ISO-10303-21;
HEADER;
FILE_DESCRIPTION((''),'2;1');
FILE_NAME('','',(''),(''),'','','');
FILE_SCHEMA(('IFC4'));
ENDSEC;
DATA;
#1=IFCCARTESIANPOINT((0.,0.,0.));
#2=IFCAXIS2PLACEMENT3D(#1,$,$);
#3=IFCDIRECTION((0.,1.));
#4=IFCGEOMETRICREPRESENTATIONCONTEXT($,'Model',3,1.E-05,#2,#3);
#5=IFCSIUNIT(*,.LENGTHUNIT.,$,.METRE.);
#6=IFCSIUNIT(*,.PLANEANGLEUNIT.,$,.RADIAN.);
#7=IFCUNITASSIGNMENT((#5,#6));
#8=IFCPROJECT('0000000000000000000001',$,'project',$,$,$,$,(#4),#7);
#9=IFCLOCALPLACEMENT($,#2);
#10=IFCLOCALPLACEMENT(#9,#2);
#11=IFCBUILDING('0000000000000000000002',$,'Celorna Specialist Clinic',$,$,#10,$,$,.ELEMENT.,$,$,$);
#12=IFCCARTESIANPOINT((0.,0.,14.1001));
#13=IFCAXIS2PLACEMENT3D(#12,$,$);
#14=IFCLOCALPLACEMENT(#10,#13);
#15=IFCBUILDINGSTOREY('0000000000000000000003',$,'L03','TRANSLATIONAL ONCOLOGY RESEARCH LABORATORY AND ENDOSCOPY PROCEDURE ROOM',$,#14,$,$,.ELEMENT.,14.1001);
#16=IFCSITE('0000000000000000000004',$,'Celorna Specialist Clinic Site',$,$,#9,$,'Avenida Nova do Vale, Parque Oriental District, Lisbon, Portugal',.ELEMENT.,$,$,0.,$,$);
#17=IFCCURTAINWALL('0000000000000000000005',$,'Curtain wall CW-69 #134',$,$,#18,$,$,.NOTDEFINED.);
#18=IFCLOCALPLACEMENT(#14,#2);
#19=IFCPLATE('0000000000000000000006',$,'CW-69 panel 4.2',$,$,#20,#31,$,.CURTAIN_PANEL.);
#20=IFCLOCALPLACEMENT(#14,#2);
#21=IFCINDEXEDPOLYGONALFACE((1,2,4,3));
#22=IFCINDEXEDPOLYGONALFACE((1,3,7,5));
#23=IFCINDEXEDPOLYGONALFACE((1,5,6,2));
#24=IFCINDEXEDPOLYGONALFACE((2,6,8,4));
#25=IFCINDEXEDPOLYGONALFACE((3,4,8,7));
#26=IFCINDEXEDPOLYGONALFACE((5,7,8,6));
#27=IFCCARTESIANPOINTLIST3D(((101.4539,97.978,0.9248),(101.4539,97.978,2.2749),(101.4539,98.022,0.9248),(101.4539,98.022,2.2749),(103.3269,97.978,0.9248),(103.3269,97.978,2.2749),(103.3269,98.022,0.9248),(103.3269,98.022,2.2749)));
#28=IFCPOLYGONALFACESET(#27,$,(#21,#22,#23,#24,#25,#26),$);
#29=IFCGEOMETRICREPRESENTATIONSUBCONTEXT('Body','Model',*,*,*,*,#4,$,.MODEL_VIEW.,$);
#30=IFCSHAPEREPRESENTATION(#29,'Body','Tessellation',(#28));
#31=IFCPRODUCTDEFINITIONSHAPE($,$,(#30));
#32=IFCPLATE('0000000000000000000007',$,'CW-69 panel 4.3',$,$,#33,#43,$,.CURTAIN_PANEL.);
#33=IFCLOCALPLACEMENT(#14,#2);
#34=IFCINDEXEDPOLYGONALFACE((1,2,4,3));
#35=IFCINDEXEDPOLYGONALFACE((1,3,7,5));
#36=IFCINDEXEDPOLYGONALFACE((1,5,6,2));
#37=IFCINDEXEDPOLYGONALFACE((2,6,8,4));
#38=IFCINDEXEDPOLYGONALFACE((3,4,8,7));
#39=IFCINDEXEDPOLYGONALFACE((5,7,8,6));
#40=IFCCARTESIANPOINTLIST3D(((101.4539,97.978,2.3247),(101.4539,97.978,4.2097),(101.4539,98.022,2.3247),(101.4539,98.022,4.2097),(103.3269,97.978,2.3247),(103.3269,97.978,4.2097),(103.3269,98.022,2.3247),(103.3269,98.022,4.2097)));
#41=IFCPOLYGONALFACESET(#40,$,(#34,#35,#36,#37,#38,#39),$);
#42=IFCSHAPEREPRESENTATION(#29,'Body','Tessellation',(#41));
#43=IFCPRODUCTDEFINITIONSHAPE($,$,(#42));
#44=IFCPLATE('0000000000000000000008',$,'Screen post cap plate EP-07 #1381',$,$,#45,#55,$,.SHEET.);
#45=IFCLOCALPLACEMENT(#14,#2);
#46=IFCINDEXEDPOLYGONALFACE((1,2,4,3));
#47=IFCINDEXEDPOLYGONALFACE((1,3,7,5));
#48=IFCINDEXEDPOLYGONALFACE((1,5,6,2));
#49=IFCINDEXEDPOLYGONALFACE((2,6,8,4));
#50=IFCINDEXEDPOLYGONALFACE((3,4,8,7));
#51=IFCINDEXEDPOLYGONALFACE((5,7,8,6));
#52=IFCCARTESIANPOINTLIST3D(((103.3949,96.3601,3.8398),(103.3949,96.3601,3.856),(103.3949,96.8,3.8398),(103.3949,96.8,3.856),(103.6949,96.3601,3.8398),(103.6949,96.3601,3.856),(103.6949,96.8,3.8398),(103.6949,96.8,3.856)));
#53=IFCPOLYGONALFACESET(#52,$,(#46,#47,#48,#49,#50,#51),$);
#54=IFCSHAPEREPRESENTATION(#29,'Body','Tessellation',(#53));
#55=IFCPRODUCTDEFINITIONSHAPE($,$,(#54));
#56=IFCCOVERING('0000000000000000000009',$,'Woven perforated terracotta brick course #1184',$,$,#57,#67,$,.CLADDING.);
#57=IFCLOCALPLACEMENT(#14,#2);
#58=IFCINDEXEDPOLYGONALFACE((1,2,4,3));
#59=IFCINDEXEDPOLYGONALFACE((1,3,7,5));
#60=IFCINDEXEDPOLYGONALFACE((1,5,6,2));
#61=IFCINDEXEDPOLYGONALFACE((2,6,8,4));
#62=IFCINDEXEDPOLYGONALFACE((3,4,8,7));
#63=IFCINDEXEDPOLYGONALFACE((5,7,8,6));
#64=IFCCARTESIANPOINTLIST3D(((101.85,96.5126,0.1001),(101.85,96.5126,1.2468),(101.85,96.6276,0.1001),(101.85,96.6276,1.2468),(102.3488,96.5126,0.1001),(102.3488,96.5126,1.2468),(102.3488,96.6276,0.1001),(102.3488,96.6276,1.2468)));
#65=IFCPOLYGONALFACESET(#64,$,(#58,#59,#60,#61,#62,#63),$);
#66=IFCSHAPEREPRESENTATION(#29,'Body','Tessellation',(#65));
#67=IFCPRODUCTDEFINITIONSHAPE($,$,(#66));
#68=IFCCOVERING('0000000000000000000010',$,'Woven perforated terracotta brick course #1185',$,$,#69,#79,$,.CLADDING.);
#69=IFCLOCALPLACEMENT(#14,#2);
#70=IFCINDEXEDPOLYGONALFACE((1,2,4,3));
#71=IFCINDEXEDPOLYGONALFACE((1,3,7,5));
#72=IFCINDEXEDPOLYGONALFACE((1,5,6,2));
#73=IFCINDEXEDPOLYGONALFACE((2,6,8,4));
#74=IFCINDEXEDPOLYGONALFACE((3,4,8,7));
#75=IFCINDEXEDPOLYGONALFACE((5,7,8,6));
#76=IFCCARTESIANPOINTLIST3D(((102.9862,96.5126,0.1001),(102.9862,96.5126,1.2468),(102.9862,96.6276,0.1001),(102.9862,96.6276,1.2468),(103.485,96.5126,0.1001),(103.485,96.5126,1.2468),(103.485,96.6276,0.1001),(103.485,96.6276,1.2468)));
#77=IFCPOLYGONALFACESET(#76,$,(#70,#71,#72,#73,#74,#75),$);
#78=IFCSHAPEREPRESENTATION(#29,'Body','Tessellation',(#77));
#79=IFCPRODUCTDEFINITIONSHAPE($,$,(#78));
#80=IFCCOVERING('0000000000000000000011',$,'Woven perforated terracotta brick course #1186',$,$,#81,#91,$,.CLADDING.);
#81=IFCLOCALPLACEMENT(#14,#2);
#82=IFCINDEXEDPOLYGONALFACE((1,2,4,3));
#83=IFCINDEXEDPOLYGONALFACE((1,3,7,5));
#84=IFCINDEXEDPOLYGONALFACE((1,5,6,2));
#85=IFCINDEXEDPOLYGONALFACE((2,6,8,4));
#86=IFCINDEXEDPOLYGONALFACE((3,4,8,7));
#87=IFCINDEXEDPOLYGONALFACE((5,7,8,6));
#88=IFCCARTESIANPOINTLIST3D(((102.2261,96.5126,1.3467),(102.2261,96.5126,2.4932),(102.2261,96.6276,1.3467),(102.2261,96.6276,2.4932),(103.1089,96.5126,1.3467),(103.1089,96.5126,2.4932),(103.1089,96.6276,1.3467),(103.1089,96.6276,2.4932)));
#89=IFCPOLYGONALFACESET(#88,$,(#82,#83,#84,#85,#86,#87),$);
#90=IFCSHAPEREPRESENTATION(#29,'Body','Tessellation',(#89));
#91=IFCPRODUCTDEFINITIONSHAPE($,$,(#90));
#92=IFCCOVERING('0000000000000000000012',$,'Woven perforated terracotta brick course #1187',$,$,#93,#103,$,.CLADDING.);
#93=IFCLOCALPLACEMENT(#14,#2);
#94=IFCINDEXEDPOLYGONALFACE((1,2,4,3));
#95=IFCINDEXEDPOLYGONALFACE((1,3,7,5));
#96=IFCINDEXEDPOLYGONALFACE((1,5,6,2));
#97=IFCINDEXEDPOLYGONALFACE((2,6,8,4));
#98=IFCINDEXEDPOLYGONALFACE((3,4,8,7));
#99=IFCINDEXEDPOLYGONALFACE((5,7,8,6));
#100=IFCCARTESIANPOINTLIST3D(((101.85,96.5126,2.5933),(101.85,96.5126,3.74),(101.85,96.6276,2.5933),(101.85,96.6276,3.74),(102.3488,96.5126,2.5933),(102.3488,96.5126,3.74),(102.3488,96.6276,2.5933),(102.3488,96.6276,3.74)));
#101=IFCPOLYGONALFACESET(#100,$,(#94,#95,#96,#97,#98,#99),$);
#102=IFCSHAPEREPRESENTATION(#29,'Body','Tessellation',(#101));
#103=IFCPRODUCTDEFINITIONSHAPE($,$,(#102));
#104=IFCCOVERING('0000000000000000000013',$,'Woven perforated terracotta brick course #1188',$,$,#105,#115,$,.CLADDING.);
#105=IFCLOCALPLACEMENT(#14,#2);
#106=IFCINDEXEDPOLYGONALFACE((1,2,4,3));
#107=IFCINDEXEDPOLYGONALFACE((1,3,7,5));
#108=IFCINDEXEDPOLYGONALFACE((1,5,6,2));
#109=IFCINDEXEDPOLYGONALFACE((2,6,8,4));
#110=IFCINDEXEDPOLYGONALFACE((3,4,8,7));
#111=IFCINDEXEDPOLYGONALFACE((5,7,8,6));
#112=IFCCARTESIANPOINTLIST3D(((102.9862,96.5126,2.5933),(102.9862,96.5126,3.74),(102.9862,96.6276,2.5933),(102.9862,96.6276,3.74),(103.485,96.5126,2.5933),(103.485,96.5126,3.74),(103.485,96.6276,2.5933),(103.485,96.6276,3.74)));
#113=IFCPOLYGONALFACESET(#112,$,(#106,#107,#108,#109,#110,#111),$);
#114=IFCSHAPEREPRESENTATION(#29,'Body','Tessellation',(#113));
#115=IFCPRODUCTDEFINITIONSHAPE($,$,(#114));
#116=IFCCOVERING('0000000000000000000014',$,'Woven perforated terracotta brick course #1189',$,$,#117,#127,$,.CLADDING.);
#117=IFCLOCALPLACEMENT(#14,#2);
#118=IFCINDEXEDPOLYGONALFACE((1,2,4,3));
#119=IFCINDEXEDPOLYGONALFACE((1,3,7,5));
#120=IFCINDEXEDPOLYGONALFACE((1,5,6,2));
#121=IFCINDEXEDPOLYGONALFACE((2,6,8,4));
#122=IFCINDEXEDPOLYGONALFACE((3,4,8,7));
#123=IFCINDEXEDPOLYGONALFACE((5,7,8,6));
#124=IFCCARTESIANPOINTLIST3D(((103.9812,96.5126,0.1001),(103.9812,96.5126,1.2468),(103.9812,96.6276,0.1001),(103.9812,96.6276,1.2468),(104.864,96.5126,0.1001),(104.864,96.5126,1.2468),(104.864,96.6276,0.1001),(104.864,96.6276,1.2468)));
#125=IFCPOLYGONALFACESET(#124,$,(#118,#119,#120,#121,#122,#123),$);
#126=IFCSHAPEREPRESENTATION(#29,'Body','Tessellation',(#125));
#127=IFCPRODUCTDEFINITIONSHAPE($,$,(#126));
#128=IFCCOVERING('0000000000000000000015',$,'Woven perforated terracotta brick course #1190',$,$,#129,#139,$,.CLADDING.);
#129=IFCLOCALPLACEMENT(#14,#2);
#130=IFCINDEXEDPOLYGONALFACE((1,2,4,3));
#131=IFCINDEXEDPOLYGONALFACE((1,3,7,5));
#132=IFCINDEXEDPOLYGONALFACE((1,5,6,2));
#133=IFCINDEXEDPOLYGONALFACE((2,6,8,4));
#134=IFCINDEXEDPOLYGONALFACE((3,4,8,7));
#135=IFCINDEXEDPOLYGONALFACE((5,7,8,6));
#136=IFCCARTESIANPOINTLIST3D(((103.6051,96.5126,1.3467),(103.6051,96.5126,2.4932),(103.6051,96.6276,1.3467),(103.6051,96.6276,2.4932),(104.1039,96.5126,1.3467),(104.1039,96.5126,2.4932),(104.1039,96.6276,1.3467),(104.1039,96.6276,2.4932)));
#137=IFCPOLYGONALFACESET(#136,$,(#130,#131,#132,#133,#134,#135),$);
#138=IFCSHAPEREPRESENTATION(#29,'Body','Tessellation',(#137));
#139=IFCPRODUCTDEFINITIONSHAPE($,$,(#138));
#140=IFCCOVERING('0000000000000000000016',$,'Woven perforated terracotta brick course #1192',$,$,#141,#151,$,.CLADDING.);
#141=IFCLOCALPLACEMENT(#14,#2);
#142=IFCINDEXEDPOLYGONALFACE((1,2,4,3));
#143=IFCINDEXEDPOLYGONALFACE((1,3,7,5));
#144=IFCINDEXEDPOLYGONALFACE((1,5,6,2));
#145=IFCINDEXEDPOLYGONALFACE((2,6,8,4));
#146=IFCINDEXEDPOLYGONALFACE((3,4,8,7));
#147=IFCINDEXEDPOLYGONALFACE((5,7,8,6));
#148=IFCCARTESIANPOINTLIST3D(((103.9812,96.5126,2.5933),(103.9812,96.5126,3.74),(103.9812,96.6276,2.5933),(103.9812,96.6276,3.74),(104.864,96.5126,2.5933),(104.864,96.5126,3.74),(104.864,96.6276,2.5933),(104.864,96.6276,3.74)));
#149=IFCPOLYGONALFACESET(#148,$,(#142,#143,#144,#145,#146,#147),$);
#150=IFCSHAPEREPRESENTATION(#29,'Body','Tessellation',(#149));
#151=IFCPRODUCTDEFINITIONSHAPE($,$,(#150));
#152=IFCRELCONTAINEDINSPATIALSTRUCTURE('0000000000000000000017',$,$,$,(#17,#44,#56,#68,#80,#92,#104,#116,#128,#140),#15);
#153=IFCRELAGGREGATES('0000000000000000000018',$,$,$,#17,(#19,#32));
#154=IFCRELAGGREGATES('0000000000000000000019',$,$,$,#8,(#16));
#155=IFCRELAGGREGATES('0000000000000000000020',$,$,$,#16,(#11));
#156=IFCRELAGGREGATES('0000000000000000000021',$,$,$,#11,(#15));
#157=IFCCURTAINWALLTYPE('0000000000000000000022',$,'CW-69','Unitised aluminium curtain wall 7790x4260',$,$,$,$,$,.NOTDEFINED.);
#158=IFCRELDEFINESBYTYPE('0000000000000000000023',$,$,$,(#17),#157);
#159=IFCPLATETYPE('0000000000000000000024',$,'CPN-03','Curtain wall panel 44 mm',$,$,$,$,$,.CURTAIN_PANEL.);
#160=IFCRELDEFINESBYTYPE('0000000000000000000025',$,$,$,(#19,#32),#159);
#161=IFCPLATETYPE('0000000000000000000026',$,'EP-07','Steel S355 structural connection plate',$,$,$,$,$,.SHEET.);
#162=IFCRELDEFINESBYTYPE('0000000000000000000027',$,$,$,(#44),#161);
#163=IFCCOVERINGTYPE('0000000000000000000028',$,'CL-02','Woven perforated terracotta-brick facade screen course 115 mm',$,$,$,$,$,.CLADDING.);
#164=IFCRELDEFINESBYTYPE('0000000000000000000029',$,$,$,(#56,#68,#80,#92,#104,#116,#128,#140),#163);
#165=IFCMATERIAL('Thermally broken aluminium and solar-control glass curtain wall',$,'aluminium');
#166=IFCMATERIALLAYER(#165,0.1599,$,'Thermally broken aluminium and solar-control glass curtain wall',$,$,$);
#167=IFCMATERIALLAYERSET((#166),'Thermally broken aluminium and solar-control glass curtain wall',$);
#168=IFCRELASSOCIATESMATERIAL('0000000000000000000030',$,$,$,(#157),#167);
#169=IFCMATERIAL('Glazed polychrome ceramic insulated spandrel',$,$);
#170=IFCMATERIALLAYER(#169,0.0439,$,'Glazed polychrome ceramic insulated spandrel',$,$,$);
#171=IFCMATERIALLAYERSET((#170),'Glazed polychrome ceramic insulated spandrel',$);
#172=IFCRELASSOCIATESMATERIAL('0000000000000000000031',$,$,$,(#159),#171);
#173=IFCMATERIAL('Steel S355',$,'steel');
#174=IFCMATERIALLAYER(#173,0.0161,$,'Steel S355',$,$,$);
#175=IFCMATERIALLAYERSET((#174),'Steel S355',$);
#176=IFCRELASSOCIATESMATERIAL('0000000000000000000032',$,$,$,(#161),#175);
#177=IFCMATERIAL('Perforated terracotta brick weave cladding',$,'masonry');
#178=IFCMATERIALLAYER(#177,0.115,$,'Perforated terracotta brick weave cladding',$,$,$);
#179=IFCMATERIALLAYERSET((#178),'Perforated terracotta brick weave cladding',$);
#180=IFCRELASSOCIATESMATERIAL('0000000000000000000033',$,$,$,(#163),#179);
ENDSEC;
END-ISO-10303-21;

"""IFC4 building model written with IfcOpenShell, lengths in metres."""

from ifc_helpers import new_model, si_unit, direction, frame, origin, origin_2d, place, context, subcontext, project, spatial, rectangle, extrude, material, layer, layer_set, type_object, element, aggregate, save


model = new_model("IFC4")

# Units and contexts
model_context = context("Model", 3, precision=1e-05, world=origin(), true_north=direction((0.0, 1.0)))
body_context = subcontext(model_context, "Body", "Model", "MODEL_VIEW")
ifc_project = project(units=[si_unit("LENGTHUNIT", "METRE"), si_unit("PLANEANGLEUNIT", "RADIAN")], contexts=[model_context])

# Site, building, storey
site_placement = place(None, origin())
site = spatial("IfcSite", under=ifc_project, at=site_placement, Name="Celorna Specialist Clinic Site", LongName="Avenida Nova do Vale, Parque Oriental District, Lisbon, Portugal", CompositionType="ELEMENT", RefElevation=0.0)
building_placement = place(site_placement, origin())
building = spatial("IfcBuilding", under=site, at=building_placement, Name="Celorna Specialist Clinic", CompositionType="ELEMENT")
storey_placement = place(building_placement, frame((0.0, 0.0, 14.1001)))
storey = spatial("IfcBuildingStorey", under=building, at=storey_placement, Name="L03", Description="TRANSLATIONAL ONCOLOGY RESEARCH LABORATORY AND ENDOSCOPY PROCEDURE ROOM", CompositionType="ELEMENT", Elevation=14.1001)

# Shared definitions
ifc_material_1 = material(Name="Steel S355", Category="steel")

# Curtain wall, plates
ifc_material_2 = material(Name="Thermally broken aluminium and solar-control glass curtain wall", Category="aluminium")
ifc_layer_1 = layer(ifc_material_2, 0.1599, Name="Thermally broken aluminium and solar-control glass curtain wall")
ifc_layer_set_1 = layer_set([ifc_layer_1], Name="Thermally broken aluminium and solar-control glass curtain wall")
curtain_wall_type = type_object("IfcCurtainWallType", Name="CW-69", Description="Unitised aluminium curtain wall 7790x4260", PredefinedType="NOTDEFINED", material=ifc_layer_set_1)
curtain_wall_placement = place(storey_placement, origin())
curtain_wall = element("IfcCurtainWall", 1, at=curtain_wall_placement, inside=storey, type_object=curtain_wall_type, Name="Curtain wall CW-69 #134", PredefinedType="NOTDEFINED")
ifc_material_3 = material(Name="Glazed polychrome ceramic insulated spandrel")
ifc_layer_2 = layer(ifc_material_3, 0.0439, Name="Glazed polychrome ceramic insulated spandrel")
ifc_layer_set_2 = layer_set([ifc_layer_2], Name="Glazed polychrome ceramic insulated spandrel")
plate_type_1 = type_object("IfcPlateType", Name="CPN-03", Description="Curtain wall panel 44 mm", PredefinedType="CURTAIN_PANEL", material=ifc_layer_set_2)
plate_1_placement = place(storey_placement, frame((102.3904, 98.0, 0.9248), z_axis=(0.0, 0.0, 1.0), x_axis=(-1.0, 0.0, 0.0)))
plate_1 = element("IfcPlate", 2, at=plate_1_placement, type_object=plate_type_1, Name="CW-69 panel 4.2", PredefinedType="CURTAIN_PANEL", context=body_context, shape_type="SweptSolid", body=[
    extrude(rectangle(XDim=1.873, YDim=0.0439, at=origin_2d()), origin(), (0.0, 0.0, 1.0), 1.3501),
])
plate_2_placement = place(storey_placement, frame((102.3904, 98.0, 2.3247), z_axis=(0.0, 0.0, 1.0), x_axis=(-1.0, 0.0, 0.0)))
plate_2 = element("IfcPlate", 3, at=plate_2_placement, type_object=plate_type_1, Name="CW-69 panel 4.3", PredefinedType="CURTAIN_PANEL", context=body_context, shape_type="SweptSolid", body=[
    extrude(rectangle(XDim=1.873, YDim=0.0439, at=origin_2d()), origin(), (0.0, 0.0, 1.0), 1.885),
])
aggregate(curtain_wall, [plate_1, plate_2])

# Plate
ifc_layer_3 = layer(ifc_material_1, 0.0161, Name="Steel S355")
ifc_layer_set_3 = layer_set([ifc_layer_3], Name="Steel S355")
plate_type_2 = type_object("IfcPlateType", Name="EP-07", Description="Steel S355 structural connection plate", PredefinedType="SHEET", material=ifc_layer_set_3)
plate_3_placement = place(storey_placement, frame((103.5449, 96.5801, 3.8398), z_axis=(0.0, 0.0, 1.0), x_axis=(1.0, 0.0, 0.0)))
element("IfcPlate", 4, at=plate_3_placement, inside=storey, type_object=plate_type_2, Name="Screen post cap plate EP-07 #1381", PredefinedType="SHEET", context=body_context, shape_type="SweptSolid", body=[
    extrude(rectangle(XDim=0.3, YDim=0.4399, at=origin_2d()), origin(), (0.0, 0.0, 1.0), 0.0161),
])

# Coverings
ifc_material_4 = material(Name="Perforated terracotta brick weave cladding", Category="masonry")
ifc_layer_4 = layer(ifc_material_4, 0.115, Name="Perforated terracotta brick weave cladding")
ifc_layer_set_4 = layer_set([ifc_layer_4], Name="Perforated terracotta brick weave cladding")
covering_type = type_object("IfcCoveringType", Name="CL-02", Description="Woven perforated terracotta-brick facade screen course 115 mm", PredefinedType="CLADDING", material=ifc_layer_set_4)
for number, where, z_axis, x_axis, name in (
    (5, (102.0994, 96.5701, 0.1001), (0.0, 0.0, 1.0), (1.0, 0.0, 0.0), "Woven perforated terracotta brick course #1184"),
    (6, (103.2356, 96.5701, 0.1001), (0.0, 0.0, 1.0), (1.0, 0.0, 0.0), "Woven perforated terracotta brick course #1185"),
):
    element("IfcCovering", number, at=place(storey_placement, frame(where, z_axis=z_axis, x_axis=x_axis)), inside=storey, type_object=covering_type, Name=name, PredefinedType="CLADDING", context=body_context, shape_type="SweptSolid", body=[
        extrude(rectangle(XDim=0.4988, YDim=0.115, at=origin_2d()), origin(), (0.0, 0.0, 1.0), 1.1467),
    ])
covering_1_placement = place(storey_placement, frame((102.6675, 96.5701, 1.3467), z_axis=(0.0, 0.0, 1.0), x_axis=(1.0, 0.0, 0.0)))
element("IfcCovering", 7, at=covering_1_placement, inside=storey, type_object=covering_type, Name="Woven perforated terracotta brick course #1186", PredefinedType="CLADDING", context=body_context, shape_type="SweptSolid", body=[
    extrude(rectangle(XDim=0.8828, YDim=0.115, at=origin_2d()), origin(), (0.0, 0.0, 1.0), 1.1465),
])
for number, where, z_axis, x_axis, name in (
    (8, (102.0994, 96.5701, 2.5933), (0.0, 0.0, 1.0), (1.0, 0.0, 0.0), "Woven perforated terracotta brick course #1187"),
    (9, (103.2356, 96.5701, 2.5933), (0.0, 0.0, 1.0), (1.0, 0.0, 0.0), "Woven perforated terracotta brick course #1188"),
):
    element("IfcCovering", number, at=place(storey_placement, frame(where, z_axis=z_axis, x_axis=x_axis)), inside=storey, type_object=covering_type, Name=name, PredefinedType="CLADDING", context=body_context, shape_type="SweptSolid", body=[
        extrude(rectangle(XDim=0.4988, YDim=0.115, at=origin_2d()), origin(), (0.0, 0.0, 1.0), 1.1467),
    ])
covering_2_placement = place(storey_placement, frame((104.4226, 96.5701, 0.1001), z_axis=(0.0, 0.0, 1.0), x_axis=(1.0, 0.0, 0.0)))
element("IfcCovering", 10, at=covering_2_placement, inside=storey, type_object=covering_type, Name="Woven perforated terracotta brick course #1189", PredefinedType="CLADDING", context=body_context, shape_type="SweptSolid", body=[
    extrude(rectangle(XDim=0.8828, YDim=0.115, at=origin_2d()), origin(), (0.0, 0.0, 1.0), 1.1467),
])
covering_3_placement = place(storey_placement, frame((103.8545, 96.5701, 1.3467), z_axis=(0.0, 0.0, 1.0), x_axis=(1.0, 0.0, 0.0)))
element("IfcCovering", 11, at=covering_3_placement, inside=storey, type_object=covering_type, Name="Woven perforated terracotta brick course #1190", PredefinedType="CLADDING", context=body_context, shape_type="SweptSolid", body=[
    extrude(rectangle(XDim=0.4988, YDim=0.115, at=origin_2d()), origin(), (0.0, 0.0, 1.0), 1.1465),
])
covering_4_placement = place(storey_placement, frame((104.4226, 96.5701, 2.5933), z_axis=(0.0, 0.0, 1.0), x_axis=(1.0, 0.0, 0.0)))
element("IfcCovering", 12, at=covering_4_placement, inside=storey, type_object=covering_type, Name="Woven perforated terracotta brick course #1192", PredefinedType="CLADDING", context=body_context, shape_type="SweptSolid", body=[
    extrude(rectangle(XDim=0.8828, YDim=0.115, at=origin_2d()), origin(), (0.0, 0.0, 1.0), 1.1467),
])

save(model, "model.ifc")
